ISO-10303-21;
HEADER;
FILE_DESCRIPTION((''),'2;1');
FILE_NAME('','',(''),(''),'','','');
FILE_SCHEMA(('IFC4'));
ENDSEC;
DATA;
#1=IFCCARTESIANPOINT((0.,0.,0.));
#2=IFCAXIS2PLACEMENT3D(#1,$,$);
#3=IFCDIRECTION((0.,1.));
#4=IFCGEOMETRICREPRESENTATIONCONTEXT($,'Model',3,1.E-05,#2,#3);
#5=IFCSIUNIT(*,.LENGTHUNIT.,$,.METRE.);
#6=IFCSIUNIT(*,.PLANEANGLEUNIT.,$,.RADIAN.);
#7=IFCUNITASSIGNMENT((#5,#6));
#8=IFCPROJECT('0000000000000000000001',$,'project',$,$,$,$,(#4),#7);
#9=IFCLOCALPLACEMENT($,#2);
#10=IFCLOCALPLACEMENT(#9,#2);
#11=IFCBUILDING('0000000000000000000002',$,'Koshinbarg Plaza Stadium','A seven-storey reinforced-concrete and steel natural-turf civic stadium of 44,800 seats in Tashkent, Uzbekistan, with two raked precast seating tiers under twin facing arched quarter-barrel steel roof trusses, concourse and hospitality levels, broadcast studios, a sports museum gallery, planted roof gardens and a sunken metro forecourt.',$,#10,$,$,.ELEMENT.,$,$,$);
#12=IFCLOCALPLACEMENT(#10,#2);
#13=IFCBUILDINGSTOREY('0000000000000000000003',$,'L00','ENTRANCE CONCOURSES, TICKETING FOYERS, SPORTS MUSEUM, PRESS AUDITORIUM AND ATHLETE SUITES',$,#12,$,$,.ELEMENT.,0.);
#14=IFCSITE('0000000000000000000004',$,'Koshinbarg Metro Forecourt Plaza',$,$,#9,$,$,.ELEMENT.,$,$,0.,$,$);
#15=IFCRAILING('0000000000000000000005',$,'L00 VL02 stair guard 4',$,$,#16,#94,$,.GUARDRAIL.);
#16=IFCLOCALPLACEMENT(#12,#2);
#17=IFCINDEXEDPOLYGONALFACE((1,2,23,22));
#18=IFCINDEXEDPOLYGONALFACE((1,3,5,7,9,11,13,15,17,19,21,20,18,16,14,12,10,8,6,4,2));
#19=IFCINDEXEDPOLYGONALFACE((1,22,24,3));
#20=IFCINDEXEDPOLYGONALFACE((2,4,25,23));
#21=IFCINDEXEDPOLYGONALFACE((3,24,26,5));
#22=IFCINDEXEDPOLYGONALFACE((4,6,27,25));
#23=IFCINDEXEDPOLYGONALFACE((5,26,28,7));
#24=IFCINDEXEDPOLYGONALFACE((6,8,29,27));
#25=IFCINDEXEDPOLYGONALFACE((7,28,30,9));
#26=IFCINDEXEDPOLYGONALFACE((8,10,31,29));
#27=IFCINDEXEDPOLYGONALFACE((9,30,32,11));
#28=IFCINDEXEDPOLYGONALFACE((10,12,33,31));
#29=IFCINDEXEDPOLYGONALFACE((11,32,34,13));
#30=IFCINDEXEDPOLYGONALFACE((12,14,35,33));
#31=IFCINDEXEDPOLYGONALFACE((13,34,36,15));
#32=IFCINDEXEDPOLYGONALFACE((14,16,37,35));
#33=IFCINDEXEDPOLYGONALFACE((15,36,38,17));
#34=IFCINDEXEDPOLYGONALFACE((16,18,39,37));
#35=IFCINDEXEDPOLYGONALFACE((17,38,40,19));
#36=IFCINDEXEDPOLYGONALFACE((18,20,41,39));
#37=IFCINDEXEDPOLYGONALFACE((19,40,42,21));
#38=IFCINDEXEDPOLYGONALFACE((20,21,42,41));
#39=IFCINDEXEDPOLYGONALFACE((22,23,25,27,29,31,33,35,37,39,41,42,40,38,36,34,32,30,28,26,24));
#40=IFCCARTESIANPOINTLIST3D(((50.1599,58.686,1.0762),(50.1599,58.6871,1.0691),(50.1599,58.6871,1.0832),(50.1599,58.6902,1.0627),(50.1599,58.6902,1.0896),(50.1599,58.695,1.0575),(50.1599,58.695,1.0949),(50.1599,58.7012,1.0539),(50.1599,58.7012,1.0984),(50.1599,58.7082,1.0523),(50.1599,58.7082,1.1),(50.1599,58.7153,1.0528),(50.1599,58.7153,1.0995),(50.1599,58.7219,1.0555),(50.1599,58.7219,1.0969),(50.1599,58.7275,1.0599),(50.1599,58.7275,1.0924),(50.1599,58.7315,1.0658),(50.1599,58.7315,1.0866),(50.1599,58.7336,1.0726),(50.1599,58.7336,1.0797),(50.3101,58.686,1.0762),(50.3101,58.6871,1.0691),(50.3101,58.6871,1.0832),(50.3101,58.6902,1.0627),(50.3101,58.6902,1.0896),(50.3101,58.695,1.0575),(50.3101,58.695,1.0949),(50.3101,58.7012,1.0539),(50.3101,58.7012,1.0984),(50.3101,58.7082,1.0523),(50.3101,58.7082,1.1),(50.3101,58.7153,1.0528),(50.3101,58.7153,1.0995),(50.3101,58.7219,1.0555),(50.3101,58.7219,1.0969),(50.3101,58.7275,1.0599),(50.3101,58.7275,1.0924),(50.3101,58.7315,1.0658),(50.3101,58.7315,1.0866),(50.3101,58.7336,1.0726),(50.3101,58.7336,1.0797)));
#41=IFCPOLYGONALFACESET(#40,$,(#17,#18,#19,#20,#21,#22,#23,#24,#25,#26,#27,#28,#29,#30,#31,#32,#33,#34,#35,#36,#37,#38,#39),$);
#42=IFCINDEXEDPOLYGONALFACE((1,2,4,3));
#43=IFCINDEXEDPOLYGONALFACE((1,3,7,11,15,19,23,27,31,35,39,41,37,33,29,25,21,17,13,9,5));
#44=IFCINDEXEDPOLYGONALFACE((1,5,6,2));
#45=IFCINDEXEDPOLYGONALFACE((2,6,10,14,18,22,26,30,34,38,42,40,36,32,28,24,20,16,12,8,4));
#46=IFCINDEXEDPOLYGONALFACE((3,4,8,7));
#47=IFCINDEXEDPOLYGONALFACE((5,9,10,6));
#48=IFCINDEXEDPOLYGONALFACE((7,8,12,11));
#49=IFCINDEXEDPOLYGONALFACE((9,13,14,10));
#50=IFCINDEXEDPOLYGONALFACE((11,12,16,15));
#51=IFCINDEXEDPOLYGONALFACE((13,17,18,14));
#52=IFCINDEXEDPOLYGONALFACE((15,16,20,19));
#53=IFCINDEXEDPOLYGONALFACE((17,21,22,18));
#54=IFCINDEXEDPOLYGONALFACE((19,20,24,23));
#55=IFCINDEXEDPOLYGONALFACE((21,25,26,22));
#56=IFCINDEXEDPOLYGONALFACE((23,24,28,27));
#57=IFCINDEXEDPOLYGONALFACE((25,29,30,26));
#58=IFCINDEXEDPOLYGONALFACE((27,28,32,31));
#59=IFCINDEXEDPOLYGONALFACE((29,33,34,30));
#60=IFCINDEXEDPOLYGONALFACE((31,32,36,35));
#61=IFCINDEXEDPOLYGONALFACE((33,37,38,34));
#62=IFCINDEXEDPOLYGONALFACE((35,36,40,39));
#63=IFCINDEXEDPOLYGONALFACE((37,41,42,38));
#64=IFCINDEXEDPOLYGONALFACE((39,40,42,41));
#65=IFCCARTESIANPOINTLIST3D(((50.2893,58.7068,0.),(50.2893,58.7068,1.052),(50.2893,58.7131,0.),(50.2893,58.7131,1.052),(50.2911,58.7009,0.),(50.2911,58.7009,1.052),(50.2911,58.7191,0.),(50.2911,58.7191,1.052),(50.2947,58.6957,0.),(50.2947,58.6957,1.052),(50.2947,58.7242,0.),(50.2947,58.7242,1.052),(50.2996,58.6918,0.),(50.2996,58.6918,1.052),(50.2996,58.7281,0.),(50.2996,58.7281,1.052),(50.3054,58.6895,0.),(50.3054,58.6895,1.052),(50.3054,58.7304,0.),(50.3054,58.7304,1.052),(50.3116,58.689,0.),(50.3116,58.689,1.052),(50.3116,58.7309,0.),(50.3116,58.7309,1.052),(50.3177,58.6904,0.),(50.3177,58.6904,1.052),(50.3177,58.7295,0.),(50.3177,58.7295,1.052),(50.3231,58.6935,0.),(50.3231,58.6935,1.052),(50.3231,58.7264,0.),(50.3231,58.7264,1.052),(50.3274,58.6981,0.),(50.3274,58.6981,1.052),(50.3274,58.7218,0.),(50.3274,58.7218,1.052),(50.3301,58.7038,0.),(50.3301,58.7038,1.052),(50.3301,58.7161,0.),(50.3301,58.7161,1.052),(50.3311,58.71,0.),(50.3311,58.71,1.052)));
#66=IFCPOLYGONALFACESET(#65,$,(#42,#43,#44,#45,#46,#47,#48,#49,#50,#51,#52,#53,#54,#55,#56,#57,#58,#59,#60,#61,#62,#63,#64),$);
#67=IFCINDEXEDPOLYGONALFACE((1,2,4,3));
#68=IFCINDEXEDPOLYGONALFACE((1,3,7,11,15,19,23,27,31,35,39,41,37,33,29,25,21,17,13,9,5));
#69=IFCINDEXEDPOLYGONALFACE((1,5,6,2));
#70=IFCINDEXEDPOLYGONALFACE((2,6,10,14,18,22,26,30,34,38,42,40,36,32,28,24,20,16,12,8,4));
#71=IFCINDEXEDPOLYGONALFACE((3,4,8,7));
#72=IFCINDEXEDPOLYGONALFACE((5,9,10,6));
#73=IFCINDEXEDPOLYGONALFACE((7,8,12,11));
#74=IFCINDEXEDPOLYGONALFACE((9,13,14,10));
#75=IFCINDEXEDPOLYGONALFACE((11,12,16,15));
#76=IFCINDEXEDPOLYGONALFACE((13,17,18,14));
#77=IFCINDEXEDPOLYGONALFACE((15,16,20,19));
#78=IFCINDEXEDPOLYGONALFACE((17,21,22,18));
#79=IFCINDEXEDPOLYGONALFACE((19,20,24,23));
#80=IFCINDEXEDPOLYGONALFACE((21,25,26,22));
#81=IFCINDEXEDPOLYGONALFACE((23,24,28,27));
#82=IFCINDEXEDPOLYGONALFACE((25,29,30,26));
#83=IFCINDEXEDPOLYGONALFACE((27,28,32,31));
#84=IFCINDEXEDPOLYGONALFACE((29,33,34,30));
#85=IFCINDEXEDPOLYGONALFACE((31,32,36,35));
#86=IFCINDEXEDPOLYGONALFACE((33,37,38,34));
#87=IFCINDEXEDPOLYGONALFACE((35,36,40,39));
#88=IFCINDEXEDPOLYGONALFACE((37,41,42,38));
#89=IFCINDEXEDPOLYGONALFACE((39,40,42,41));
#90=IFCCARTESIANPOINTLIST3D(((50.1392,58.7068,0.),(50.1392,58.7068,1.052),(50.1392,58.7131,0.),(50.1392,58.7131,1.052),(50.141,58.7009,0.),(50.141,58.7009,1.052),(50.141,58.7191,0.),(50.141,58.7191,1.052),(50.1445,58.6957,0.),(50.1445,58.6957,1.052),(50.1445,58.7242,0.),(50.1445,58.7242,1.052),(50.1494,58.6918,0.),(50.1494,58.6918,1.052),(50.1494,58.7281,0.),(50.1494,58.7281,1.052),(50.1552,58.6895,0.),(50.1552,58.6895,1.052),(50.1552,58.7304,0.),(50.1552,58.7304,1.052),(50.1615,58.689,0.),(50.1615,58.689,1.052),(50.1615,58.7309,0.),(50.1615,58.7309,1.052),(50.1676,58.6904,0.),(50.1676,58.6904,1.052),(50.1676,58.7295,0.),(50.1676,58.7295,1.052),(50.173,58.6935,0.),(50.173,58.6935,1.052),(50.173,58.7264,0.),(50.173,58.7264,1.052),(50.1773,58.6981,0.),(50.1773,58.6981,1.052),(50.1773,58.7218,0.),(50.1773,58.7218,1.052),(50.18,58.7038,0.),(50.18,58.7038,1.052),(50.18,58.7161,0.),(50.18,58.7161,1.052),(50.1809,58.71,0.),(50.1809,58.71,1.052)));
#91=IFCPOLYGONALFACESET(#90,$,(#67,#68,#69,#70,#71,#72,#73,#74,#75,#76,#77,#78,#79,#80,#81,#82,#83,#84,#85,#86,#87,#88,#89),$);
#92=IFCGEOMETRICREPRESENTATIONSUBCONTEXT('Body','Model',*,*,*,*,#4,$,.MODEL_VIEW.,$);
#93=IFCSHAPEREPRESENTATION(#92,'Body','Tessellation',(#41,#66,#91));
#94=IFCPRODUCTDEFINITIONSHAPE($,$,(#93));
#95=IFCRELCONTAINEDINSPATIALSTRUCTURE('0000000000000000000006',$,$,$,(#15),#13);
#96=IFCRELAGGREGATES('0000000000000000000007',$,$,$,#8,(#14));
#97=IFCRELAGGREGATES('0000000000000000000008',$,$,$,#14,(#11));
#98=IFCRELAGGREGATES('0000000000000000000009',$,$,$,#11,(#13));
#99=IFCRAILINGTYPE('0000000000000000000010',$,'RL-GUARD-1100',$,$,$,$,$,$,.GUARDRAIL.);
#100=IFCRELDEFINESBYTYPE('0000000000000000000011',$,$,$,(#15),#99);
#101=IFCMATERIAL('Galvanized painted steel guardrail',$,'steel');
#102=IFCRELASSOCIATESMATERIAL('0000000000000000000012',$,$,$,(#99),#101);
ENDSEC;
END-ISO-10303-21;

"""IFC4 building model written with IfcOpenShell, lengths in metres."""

from ifc_helpers import new_model, si_unit, direction, frame, origin, origin_2d, place, context, subcontext, project, spatial, circle, extrude, material, type_object, element, save


model = new_model("IFC4")

# Units and contexts
model_context = context("Model", 3, precision=1e-05, world=origin(), true_north=direction((0.0, 1.0)))
body_context = subcontext(model_context, "Body", "Model", "MODEL_VIEW")
ifc_project = project(units=[si_unit("LENGTHUNIT", "METRE"), si_unit("PLANEANGLEUNIT", "RADIAN")], contexts=[model_context])

# Site, building, storey
site_placement = place(None, origin())
site = spatial("IfcSite", under=ifc_project, at=site_placement, Name="Koshinbarg Metro Forecourt Plaza", CompositionType="ELEMENT", RefElevation=0.0)
building_placement = place(site_placement, origin())
building = spatial("IfcBuilding", under=site, at=building_placement, Name="Koshinbarg Plaza Stadium", Description="A seven-storey reinforced-concrete and steel natural-turf civic stadium of 44,800 seats in Tashkent, Uzbekistan, with two raked precast seating tiers under twin facing arched quarter-barrel steel roof trusses, concourse and hospitality levels, broadcast studios, a sports museum gallery, planted roof gardens and a sunken metro forecourt.", CompositionType="ELEMENT")
storey_placement = place(building_placement, origin())
storey = spatial("IfcBuildingStorey", under=building, at=storey_placement, Name="L00", Description="ENTRANCE CONCOURSES, TICKETING FOYERS, SPORTS MUSEUM, PRESS AUDITORIUM AND ATHLETE SUITES", CompositionType="ELEMENT", Elevation=0.0)

# Railing
ifc_material_1 = material(Name="Galvanized painted steel guardrail", Category="steel")
railing_type_1 = type_object("IfcRailingType", Name="RL-GUARD-1100", PredefinedType="GUARDRAIL", material=ifc_material_1)
railing_1_placement = place(storey_placement, frame((50.3101, 58.71, 0.0)))
element("IfcRailing", 1, at=railing_1_placement, inside=storey, type_object=railing_type_1, Name="L00 VL02 stair guard 4", PredefinedType="GUARDRAIL", context=body_context, shape_type="SweptSolid", body=[
    extrude(circle(Radius=0.0239, at=origin_2d()), frame((0.0, 0.0, 1.0762), z_axis=(-1.0, 0.0, 0.0), x_axis=(0.0, -1.0, 0.0)), (0.0, 0.0, 1.0), 0.1501),
    extrude(circle(Radius=0.021, at=origin_2d()), origin(), (0.0, 0.0, 1.0), 1.052),
    extrude(circle(Radius=0.021, at=origin_2d()), frame((-0.1501, 0.0, 0.0)), (0.0, 0.0, 1.0), 1.052),
])

save(model, "model.ifc")
